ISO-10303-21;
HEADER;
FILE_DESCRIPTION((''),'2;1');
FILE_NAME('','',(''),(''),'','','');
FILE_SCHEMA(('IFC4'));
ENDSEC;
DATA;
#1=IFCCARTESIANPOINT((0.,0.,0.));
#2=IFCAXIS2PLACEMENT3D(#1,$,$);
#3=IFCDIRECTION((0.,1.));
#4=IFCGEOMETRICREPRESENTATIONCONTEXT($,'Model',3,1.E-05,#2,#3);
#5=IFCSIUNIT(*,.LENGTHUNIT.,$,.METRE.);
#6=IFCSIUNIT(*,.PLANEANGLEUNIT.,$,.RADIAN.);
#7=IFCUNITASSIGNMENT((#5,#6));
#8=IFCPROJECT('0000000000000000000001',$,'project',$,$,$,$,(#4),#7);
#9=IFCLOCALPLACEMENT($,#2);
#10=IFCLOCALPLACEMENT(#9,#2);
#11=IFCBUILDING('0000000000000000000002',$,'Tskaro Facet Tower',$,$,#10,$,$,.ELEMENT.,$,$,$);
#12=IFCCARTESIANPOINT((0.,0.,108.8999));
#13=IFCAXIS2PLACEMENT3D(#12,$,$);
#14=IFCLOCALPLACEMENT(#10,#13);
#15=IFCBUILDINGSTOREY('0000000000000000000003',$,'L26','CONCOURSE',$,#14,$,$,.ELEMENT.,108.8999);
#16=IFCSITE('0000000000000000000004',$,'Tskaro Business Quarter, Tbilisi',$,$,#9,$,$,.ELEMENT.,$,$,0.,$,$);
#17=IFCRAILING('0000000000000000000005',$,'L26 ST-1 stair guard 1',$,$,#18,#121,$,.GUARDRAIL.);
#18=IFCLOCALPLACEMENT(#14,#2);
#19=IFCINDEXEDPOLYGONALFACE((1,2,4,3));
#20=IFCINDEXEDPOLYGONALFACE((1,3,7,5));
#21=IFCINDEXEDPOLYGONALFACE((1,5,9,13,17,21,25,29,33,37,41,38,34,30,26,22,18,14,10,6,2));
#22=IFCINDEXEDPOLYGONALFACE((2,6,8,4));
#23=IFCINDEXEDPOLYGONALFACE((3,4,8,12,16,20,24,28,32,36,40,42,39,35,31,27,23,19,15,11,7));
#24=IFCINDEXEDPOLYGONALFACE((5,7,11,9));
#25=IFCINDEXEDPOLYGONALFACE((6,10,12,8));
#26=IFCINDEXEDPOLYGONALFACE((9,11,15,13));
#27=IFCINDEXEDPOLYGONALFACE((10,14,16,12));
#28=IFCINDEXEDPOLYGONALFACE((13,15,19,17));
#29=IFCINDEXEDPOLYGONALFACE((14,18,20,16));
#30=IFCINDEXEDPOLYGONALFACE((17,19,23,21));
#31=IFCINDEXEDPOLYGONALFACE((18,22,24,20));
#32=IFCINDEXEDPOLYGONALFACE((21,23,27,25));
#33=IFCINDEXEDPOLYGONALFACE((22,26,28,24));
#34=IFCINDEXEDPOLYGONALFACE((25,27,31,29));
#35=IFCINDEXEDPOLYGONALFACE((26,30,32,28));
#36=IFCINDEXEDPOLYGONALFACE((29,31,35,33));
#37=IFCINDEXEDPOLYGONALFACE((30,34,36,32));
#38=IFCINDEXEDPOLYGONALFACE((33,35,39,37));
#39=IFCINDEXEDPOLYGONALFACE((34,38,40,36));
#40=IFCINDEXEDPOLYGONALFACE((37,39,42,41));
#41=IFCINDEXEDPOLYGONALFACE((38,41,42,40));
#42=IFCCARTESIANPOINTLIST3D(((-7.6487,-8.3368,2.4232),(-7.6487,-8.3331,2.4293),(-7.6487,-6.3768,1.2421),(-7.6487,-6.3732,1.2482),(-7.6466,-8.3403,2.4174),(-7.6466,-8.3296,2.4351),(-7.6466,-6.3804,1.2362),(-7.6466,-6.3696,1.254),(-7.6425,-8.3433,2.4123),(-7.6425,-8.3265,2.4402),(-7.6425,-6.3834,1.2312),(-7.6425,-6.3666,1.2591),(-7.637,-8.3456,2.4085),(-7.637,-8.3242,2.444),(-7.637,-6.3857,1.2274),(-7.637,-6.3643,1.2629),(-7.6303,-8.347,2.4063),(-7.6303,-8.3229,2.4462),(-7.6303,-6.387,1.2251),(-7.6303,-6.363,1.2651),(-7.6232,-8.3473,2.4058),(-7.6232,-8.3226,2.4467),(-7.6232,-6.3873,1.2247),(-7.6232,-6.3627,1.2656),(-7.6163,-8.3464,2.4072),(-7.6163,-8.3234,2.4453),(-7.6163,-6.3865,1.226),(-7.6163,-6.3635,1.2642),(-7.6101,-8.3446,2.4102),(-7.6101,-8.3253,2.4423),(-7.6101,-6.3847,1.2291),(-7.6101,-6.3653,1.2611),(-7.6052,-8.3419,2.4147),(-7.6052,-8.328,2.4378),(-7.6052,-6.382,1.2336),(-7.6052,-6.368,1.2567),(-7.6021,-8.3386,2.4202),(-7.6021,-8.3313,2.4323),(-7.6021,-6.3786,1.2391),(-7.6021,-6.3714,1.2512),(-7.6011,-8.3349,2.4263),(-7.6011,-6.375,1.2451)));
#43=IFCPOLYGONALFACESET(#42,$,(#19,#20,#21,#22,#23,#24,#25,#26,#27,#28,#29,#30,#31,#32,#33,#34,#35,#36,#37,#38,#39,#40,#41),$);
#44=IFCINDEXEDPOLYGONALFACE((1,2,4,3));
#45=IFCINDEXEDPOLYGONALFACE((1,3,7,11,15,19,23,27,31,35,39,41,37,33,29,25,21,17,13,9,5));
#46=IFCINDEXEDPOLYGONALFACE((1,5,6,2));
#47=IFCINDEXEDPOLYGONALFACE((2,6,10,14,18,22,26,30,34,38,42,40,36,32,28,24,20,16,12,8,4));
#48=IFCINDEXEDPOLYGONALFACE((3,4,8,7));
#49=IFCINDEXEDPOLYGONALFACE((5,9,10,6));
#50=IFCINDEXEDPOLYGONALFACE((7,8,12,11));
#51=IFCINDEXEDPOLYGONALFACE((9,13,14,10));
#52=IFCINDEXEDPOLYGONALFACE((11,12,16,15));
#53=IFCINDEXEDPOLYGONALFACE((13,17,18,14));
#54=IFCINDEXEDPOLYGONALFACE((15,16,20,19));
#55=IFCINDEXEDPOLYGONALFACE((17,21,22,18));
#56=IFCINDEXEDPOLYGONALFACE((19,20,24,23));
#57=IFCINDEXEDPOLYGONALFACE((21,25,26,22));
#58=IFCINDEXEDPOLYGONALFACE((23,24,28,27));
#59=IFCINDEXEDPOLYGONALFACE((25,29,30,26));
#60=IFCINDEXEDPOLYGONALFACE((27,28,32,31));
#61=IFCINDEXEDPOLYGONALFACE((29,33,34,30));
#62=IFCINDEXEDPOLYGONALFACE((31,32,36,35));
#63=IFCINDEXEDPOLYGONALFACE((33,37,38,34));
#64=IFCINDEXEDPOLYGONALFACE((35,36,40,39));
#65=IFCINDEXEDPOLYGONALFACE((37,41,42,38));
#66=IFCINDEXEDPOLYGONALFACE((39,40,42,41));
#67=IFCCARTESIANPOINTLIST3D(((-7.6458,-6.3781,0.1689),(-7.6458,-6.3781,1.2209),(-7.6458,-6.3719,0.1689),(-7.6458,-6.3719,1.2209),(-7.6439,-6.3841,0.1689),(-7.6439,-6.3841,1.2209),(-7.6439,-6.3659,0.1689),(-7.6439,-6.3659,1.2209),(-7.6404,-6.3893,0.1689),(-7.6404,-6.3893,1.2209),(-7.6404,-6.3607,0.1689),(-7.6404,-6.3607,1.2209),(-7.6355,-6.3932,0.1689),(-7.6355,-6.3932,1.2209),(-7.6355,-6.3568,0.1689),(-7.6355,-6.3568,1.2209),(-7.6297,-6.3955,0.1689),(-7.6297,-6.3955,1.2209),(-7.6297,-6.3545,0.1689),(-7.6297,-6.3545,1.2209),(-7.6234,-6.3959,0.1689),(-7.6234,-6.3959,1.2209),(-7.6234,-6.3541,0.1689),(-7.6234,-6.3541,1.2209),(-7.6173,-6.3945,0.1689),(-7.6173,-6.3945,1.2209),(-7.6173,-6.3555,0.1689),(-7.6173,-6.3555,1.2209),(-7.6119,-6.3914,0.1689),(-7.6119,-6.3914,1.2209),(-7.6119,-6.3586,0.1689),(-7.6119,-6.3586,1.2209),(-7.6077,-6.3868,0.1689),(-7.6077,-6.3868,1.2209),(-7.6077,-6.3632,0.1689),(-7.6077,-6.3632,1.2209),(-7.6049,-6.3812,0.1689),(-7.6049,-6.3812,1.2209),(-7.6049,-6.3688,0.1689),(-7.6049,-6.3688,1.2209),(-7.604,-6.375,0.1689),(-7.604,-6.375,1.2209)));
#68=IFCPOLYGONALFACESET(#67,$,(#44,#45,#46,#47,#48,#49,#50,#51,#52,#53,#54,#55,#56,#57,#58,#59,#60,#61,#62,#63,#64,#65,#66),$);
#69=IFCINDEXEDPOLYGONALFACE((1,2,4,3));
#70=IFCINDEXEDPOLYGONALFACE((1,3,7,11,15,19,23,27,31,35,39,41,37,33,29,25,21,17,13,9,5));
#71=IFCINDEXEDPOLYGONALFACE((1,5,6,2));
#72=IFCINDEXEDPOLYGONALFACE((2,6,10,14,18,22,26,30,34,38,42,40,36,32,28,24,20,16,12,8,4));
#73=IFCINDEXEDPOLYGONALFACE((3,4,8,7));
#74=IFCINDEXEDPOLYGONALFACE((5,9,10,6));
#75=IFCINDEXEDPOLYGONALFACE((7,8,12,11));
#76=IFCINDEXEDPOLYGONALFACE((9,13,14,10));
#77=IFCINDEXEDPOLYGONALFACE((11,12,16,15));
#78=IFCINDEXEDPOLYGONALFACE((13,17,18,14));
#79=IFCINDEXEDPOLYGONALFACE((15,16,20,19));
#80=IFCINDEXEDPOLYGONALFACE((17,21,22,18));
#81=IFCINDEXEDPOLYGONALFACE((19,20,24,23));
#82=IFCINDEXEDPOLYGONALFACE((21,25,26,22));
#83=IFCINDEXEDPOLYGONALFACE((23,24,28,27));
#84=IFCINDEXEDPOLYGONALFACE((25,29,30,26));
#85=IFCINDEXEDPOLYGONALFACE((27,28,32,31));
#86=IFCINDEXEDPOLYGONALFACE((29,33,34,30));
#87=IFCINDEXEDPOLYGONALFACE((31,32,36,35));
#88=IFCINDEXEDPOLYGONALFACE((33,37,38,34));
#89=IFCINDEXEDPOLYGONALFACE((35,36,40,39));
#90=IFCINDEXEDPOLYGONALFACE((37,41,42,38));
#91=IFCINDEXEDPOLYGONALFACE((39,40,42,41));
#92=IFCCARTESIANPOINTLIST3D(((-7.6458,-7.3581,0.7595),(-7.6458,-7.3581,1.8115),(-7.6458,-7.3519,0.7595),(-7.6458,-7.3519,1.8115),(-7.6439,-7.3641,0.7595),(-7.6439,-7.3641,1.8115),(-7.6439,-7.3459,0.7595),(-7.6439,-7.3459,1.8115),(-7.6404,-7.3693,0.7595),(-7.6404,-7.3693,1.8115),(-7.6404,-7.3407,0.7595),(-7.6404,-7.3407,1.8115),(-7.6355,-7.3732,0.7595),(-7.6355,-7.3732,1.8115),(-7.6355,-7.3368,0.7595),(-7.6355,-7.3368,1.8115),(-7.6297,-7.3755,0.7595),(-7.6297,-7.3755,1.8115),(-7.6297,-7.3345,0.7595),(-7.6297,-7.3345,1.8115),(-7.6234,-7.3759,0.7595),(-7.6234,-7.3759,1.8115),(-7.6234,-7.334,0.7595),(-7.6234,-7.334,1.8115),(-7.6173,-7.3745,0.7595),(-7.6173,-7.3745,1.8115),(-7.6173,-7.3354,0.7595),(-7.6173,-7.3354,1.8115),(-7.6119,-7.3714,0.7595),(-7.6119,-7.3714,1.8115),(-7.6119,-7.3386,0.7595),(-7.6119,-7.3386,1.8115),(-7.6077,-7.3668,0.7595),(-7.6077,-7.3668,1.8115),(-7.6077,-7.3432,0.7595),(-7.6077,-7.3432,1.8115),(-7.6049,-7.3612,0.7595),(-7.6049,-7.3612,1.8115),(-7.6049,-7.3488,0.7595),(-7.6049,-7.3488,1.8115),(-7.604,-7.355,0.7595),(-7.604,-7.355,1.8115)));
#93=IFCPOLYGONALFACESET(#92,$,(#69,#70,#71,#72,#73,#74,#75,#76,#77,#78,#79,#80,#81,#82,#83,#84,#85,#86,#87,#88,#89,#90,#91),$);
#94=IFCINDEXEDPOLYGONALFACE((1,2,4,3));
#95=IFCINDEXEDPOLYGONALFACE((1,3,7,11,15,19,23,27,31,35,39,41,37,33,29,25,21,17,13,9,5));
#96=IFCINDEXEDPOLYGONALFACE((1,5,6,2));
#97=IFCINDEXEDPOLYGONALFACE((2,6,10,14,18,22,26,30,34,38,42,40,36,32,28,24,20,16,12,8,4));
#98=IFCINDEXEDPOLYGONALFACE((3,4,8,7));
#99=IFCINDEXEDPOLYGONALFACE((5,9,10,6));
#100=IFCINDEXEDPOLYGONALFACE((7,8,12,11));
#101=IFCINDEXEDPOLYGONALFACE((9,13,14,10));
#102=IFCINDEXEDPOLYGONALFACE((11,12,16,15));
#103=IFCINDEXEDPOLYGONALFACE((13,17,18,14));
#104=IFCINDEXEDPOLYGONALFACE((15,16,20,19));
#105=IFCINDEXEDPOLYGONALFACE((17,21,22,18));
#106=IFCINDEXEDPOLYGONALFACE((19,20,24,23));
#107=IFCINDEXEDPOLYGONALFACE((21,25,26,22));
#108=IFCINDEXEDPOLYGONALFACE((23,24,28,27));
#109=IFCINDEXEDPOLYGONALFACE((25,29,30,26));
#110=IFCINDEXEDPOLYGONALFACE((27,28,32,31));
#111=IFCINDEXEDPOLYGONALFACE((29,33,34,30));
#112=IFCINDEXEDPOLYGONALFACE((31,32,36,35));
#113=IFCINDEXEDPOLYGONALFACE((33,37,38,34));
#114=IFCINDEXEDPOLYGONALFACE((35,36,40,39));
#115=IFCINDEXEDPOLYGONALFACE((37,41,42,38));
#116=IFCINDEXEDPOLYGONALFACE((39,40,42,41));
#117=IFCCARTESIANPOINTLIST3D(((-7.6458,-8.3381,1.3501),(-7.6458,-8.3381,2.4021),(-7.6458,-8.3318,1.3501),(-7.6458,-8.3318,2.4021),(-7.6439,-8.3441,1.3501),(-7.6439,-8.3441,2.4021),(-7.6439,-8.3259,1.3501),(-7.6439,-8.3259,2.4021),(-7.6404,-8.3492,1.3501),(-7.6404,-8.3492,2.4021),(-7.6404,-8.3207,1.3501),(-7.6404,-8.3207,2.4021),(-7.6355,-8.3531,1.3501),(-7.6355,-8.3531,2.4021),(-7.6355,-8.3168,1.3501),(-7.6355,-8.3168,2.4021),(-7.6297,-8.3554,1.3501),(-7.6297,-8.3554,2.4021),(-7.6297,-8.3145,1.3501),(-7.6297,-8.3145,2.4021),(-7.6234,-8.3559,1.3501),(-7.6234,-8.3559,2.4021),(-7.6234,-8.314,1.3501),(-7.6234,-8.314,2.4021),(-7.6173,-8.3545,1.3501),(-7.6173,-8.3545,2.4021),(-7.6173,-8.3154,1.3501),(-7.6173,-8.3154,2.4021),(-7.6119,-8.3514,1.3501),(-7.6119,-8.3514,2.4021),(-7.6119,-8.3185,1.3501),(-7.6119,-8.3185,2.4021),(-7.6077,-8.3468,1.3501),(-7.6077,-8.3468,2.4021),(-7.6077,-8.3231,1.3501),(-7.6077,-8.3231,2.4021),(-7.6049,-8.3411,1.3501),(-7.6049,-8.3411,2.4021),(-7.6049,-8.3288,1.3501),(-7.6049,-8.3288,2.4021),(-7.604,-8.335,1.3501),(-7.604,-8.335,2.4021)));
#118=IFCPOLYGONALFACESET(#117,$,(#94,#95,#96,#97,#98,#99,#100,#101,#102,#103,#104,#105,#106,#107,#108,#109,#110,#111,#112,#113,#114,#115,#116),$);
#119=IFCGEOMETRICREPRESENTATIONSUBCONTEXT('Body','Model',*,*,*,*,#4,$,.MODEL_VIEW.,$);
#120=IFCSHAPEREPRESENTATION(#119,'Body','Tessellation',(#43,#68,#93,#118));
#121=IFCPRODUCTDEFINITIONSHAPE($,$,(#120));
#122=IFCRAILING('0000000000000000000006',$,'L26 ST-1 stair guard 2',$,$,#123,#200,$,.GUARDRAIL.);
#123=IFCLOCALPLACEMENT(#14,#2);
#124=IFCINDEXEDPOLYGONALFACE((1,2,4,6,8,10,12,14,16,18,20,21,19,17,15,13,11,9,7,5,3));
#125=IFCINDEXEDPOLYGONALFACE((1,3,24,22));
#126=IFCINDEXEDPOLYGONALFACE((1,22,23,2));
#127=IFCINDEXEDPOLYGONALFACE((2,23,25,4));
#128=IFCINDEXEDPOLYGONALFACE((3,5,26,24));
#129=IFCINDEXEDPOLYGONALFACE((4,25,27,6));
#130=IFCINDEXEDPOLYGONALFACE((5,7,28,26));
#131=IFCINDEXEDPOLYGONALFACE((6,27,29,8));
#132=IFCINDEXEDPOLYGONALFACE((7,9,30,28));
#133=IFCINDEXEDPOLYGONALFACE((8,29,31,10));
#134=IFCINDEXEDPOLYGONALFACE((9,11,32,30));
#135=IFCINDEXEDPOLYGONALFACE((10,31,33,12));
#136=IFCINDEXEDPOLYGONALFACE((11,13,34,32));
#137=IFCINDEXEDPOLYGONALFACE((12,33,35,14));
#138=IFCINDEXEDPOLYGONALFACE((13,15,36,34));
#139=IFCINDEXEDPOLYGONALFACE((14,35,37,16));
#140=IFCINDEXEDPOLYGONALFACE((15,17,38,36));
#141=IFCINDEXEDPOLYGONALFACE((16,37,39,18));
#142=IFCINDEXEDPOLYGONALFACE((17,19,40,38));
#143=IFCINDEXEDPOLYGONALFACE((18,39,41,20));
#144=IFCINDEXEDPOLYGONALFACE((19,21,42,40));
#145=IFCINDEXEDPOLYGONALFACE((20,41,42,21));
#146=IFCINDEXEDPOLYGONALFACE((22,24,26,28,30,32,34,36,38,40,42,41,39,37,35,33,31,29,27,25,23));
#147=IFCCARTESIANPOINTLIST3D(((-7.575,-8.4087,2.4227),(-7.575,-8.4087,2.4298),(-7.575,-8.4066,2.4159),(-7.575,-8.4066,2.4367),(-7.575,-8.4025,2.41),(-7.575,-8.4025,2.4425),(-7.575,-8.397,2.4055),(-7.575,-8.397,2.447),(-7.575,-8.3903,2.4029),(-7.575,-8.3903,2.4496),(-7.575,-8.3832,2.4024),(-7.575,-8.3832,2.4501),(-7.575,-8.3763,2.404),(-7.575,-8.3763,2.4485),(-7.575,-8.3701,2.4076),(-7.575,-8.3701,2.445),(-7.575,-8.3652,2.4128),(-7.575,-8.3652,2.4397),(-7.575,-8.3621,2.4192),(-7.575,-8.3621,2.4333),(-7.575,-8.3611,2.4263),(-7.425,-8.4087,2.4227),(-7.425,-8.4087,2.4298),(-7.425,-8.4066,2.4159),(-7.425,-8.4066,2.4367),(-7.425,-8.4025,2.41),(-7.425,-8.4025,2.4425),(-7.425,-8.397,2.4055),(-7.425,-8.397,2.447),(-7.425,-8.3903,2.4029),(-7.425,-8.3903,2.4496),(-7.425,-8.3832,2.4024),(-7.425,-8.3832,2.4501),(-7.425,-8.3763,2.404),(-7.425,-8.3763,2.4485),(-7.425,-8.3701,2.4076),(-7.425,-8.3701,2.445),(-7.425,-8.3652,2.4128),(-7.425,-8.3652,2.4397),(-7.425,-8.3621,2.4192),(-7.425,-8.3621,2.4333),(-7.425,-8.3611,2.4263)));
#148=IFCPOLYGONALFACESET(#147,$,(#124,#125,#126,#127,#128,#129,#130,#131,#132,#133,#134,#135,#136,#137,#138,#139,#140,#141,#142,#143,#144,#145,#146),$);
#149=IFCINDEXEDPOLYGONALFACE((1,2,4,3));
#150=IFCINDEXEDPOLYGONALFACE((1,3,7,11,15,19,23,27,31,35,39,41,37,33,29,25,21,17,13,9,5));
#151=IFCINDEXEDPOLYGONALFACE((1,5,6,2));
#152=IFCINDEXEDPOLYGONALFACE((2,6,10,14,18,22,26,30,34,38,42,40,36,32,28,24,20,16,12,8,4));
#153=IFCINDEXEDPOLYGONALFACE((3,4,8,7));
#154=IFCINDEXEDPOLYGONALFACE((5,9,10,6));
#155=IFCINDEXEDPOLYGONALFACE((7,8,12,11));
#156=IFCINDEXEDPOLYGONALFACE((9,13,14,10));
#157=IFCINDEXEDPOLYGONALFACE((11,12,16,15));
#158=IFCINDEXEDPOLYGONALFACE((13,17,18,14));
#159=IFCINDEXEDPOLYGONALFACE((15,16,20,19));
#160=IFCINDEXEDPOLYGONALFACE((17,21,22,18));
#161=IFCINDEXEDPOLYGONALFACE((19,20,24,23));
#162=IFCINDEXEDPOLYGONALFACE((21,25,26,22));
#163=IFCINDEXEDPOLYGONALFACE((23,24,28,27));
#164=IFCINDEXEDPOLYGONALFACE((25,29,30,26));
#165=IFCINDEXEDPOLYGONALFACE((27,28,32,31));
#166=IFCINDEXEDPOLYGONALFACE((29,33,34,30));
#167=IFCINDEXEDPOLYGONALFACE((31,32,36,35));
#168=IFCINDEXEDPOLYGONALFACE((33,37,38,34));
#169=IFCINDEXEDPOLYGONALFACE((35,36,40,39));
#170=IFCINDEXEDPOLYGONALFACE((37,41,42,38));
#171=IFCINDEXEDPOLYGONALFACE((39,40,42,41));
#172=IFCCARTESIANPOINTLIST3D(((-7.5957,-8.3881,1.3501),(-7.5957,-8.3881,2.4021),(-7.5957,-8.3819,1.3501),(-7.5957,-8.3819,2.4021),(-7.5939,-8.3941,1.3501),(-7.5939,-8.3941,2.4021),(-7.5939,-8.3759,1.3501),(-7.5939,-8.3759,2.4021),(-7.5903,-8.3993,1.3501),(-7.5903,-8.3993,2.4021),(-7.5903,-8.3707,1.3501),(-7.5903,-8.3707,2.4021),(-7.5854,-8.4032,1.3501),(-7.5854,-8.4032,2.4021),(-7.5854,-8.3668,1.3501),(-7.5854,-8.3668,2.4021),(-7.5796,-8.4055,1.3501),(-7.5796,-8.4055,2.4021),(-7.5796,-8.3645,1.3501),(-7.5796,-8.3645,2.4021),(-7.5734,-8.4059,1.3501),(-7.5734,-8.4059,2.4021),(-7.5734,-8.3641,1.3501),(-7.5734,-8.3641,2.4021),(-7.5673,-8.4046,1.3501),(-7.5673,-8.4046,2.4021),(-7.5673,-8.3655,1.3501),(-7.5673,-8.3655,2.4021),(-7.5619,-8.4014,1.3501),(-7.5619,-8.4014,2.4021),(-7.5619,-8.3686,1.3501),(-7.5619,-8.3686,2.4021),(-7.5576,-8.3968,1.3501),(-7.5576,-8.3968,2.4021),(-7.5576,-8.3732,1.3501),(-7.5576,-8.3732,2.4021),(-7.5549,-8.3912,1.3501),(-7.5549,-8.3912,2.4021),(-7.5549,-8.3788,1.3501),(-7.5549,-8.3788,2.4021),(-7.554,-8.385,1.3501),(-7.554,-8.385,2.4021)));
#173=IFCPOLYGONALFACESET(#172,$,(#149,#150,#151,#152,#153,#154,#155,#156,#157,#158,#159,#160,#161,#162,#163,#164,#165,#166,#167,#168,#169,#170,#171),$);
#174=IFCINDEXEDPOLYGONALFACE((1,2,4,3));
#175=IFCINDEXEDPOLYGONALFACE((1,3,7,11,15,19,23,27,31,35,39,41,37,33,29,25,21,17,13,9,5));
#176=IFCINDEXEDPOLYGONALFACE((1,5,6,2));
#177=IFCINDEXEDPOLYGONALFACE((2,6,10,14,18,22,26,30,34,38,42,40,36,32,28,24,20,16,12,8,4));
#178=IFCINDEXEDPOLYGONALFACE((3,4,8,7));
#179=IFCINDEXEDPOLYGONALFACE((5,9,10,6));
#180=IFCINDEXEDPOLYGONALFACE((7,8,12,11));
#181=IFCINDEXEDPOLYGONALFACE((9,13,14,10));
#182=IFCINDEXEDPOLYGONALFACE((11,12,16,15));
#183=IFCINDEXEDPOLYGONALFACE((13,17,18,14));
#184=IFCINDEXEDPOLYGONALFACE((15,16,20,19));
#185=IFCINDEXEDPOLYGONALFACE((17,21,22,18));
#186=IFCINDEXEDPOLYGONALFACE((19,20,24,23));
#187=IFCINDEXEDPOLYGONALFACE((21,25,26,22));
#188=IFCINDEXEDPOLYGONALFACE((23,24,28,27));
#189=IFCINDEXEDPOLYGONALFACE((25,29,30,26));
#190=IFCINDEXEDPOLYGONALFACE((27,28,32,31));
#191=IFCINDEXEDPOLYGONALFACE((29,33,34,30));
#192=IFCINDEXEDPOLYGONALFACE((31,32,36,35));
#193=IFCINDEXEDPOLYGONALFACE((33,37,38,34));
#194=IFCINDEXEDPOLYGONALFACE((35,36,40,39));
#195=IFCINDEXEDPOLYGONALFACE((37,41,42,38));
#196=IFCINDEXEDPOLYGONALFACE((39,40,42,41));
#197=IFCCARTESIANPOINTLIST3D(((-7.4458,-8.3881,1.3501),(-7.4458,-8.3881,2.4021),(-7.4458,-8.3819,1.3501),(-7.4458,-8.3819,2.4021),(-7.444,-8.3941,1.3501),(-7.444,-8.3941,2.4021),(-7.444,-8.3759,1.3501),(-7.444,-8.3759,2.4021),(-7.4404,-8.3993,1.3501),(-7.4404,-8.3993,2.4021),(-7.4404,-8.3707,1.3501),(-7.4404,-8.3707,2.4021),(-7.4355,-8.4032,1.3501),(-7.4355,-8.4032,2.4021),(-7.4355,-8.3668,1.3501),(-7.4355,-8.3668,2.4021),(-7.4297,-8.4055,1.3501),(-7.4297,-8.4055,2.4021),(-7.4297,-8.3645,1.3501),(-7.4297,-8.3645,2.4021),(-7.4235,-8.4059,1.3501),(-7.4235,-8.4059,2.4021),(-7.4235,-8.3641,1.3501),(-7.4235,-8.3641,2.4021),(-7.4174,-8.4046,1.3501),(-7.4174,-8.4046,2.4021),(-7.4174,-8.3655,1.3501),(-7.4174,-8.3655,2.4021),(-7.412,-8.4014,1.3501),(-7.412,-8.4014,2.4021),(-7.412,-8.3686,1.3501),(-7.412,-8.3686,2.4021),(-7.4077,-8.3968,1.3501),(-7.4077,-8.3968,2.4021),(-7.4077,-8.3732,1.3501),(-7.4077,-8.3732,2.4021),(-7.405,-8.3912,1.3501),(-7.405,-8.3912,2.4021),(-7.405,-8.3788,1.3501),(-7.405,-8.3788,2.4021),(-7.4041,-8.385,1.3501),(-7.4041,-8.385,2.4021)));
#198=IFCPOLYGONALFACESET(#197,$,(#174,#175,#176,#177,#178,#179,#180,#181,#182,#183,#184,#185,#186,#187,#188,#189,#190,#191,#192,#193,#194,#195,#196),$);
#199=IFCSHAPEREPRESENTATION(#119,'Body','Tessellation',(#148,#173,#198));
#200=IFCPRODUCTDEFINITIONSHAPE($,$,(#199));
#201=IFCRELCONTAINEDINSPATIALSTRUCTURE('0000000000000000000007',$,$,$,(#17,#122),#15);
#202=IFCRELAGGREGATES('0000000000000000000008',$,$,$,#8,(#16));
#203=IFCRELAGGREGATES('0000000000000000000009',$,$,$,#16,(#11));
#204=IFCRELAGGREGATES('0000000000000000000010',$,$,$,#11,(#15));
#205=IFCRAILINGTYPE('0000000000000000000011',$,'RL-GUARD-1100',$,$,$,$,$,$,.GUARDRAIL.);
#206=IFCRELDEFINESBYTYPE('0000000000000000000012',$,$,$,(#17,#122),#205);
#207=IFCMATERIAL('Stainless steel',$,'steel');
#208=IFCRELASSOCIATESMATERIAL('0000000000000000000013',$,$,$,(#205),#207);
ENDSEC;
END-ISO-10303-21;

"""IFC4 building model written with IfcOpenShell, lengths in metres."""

from ifc_helpers import new_model, si_unit, direction, frame, origin, origin_2d, place, context, subcontext, project, spatial, circle, extrude, material, type_object, element, save


model = new_model("IFC4")

# Units and contexts
model_context = context("Model", 3, precision=1e-05, world=origin(), true_north=direction((0.0, 1.0)))
body_context = subcontext(model_context, "Body", "Model", "MODEL_VIEW")
ifc_project = project(units=[si_unit("LENGTHUNIT", "METRE"), si_unit("PLANEANGLEUNIT", "RADIAN")], contexts=[model_context])

# Site, building, storey
site_placement = place(None, origin())
site = spatial("IfcSite", under=ifc_project, at=site_placement, Name="Tskaro Business Quarter, Tbilisi", CompositionType="ELEMENT", RefElevation=0.0)
building_placement = place(site_placement, origin())
building = spatial("IfcBuilding", under=site, at=building_placement, Name="Tskaro Facet Tower", CompositionType="ELEMENT")
storey_placement = place(building_placement, frame((0.0, 0.0, 108.8999)))
storey = spatial("IfcBuildingStorey", under=building, at=storey_placement, Name="L26", Description="CONCOURSE", CompositionType="ELEMENT", Elevation=108.8999)

# Shared definitions
ifc_material_1 = material(Name="Stainless steel", Category="steel")

# Railings
railing_type_1 = type_object("IfcRailingType", Name="RL-GUARD-1100", PredefinedType="GUARDRAIL", material=ifc_material_1)
railing_1_placement = place(storey_placement, frame((-7.625, -6.375, 0.1689)))
element("IfcRailing", 1, at=railing_1_placement, inside=storey, type_object=railing_type_1, Name="L26 ST-1 stair guard 1", PredefinedType="GUARDRAIL", context=body_context, shape_type="SweptSolid", body=[
    extrude(circle(Radius=0.0239, at=origin_2d()), frame((0.0, 0.0, 1.0762), z_axis=(0.0, -0.856493, 0.516158), x_axis=(1.0, 0.0, 0.0)), (0.0, 0.0, 1.0), 2.2883),
    extrude(circle(Radius=0.021, at=origin_2d()), origin(), (0.0, 0.0, 1.0), 1.052),
    extrude(circle(Radius=0.021, at=origin_2d()), frame((0.0, -0.98, 0.5906)), (0.0, 0.0, 1.0), 1.052),
    extrude(circle(Radius=0.021, at=origin_2d()), frame((0.0, -1.96, 1.1812)), (0.0, 0.0, 1.0), 1.052),
])
railing_2_placement = place(storey_placement, frame((-7.575, -8.385, 1.3501)))
element("IfcRailing", 2, at=railing_2_placement, inside=storey, type_object=railing_type_1, Name="L26 ST-1 stair guard 2", PredefinedType="GUARDRAIL", context=body_context, shape_type="SweptSolid", body=[
    extrude(circle(Radius=0.0239, at=origin_2d()), frame((0.0, 0.0, 1.0762), z_axis=(1.0, 0.0, 0.0), x_axis=(0.0, 1.0, 0.0)), (0.0, 0.0, 1.0), 0.1499),
    extrude(circle(Radius=0.021, at=origin_2d()), origin(), (0.0, 0.0, 1.0), 1.052),
    extrude(circle(Radius=0.021, at=origin_2d()), frame((0.1499, 0.0, 0.0)), (0.0, 0.0, 1.0), 1.052),
])

save(model, "model.ifc")
